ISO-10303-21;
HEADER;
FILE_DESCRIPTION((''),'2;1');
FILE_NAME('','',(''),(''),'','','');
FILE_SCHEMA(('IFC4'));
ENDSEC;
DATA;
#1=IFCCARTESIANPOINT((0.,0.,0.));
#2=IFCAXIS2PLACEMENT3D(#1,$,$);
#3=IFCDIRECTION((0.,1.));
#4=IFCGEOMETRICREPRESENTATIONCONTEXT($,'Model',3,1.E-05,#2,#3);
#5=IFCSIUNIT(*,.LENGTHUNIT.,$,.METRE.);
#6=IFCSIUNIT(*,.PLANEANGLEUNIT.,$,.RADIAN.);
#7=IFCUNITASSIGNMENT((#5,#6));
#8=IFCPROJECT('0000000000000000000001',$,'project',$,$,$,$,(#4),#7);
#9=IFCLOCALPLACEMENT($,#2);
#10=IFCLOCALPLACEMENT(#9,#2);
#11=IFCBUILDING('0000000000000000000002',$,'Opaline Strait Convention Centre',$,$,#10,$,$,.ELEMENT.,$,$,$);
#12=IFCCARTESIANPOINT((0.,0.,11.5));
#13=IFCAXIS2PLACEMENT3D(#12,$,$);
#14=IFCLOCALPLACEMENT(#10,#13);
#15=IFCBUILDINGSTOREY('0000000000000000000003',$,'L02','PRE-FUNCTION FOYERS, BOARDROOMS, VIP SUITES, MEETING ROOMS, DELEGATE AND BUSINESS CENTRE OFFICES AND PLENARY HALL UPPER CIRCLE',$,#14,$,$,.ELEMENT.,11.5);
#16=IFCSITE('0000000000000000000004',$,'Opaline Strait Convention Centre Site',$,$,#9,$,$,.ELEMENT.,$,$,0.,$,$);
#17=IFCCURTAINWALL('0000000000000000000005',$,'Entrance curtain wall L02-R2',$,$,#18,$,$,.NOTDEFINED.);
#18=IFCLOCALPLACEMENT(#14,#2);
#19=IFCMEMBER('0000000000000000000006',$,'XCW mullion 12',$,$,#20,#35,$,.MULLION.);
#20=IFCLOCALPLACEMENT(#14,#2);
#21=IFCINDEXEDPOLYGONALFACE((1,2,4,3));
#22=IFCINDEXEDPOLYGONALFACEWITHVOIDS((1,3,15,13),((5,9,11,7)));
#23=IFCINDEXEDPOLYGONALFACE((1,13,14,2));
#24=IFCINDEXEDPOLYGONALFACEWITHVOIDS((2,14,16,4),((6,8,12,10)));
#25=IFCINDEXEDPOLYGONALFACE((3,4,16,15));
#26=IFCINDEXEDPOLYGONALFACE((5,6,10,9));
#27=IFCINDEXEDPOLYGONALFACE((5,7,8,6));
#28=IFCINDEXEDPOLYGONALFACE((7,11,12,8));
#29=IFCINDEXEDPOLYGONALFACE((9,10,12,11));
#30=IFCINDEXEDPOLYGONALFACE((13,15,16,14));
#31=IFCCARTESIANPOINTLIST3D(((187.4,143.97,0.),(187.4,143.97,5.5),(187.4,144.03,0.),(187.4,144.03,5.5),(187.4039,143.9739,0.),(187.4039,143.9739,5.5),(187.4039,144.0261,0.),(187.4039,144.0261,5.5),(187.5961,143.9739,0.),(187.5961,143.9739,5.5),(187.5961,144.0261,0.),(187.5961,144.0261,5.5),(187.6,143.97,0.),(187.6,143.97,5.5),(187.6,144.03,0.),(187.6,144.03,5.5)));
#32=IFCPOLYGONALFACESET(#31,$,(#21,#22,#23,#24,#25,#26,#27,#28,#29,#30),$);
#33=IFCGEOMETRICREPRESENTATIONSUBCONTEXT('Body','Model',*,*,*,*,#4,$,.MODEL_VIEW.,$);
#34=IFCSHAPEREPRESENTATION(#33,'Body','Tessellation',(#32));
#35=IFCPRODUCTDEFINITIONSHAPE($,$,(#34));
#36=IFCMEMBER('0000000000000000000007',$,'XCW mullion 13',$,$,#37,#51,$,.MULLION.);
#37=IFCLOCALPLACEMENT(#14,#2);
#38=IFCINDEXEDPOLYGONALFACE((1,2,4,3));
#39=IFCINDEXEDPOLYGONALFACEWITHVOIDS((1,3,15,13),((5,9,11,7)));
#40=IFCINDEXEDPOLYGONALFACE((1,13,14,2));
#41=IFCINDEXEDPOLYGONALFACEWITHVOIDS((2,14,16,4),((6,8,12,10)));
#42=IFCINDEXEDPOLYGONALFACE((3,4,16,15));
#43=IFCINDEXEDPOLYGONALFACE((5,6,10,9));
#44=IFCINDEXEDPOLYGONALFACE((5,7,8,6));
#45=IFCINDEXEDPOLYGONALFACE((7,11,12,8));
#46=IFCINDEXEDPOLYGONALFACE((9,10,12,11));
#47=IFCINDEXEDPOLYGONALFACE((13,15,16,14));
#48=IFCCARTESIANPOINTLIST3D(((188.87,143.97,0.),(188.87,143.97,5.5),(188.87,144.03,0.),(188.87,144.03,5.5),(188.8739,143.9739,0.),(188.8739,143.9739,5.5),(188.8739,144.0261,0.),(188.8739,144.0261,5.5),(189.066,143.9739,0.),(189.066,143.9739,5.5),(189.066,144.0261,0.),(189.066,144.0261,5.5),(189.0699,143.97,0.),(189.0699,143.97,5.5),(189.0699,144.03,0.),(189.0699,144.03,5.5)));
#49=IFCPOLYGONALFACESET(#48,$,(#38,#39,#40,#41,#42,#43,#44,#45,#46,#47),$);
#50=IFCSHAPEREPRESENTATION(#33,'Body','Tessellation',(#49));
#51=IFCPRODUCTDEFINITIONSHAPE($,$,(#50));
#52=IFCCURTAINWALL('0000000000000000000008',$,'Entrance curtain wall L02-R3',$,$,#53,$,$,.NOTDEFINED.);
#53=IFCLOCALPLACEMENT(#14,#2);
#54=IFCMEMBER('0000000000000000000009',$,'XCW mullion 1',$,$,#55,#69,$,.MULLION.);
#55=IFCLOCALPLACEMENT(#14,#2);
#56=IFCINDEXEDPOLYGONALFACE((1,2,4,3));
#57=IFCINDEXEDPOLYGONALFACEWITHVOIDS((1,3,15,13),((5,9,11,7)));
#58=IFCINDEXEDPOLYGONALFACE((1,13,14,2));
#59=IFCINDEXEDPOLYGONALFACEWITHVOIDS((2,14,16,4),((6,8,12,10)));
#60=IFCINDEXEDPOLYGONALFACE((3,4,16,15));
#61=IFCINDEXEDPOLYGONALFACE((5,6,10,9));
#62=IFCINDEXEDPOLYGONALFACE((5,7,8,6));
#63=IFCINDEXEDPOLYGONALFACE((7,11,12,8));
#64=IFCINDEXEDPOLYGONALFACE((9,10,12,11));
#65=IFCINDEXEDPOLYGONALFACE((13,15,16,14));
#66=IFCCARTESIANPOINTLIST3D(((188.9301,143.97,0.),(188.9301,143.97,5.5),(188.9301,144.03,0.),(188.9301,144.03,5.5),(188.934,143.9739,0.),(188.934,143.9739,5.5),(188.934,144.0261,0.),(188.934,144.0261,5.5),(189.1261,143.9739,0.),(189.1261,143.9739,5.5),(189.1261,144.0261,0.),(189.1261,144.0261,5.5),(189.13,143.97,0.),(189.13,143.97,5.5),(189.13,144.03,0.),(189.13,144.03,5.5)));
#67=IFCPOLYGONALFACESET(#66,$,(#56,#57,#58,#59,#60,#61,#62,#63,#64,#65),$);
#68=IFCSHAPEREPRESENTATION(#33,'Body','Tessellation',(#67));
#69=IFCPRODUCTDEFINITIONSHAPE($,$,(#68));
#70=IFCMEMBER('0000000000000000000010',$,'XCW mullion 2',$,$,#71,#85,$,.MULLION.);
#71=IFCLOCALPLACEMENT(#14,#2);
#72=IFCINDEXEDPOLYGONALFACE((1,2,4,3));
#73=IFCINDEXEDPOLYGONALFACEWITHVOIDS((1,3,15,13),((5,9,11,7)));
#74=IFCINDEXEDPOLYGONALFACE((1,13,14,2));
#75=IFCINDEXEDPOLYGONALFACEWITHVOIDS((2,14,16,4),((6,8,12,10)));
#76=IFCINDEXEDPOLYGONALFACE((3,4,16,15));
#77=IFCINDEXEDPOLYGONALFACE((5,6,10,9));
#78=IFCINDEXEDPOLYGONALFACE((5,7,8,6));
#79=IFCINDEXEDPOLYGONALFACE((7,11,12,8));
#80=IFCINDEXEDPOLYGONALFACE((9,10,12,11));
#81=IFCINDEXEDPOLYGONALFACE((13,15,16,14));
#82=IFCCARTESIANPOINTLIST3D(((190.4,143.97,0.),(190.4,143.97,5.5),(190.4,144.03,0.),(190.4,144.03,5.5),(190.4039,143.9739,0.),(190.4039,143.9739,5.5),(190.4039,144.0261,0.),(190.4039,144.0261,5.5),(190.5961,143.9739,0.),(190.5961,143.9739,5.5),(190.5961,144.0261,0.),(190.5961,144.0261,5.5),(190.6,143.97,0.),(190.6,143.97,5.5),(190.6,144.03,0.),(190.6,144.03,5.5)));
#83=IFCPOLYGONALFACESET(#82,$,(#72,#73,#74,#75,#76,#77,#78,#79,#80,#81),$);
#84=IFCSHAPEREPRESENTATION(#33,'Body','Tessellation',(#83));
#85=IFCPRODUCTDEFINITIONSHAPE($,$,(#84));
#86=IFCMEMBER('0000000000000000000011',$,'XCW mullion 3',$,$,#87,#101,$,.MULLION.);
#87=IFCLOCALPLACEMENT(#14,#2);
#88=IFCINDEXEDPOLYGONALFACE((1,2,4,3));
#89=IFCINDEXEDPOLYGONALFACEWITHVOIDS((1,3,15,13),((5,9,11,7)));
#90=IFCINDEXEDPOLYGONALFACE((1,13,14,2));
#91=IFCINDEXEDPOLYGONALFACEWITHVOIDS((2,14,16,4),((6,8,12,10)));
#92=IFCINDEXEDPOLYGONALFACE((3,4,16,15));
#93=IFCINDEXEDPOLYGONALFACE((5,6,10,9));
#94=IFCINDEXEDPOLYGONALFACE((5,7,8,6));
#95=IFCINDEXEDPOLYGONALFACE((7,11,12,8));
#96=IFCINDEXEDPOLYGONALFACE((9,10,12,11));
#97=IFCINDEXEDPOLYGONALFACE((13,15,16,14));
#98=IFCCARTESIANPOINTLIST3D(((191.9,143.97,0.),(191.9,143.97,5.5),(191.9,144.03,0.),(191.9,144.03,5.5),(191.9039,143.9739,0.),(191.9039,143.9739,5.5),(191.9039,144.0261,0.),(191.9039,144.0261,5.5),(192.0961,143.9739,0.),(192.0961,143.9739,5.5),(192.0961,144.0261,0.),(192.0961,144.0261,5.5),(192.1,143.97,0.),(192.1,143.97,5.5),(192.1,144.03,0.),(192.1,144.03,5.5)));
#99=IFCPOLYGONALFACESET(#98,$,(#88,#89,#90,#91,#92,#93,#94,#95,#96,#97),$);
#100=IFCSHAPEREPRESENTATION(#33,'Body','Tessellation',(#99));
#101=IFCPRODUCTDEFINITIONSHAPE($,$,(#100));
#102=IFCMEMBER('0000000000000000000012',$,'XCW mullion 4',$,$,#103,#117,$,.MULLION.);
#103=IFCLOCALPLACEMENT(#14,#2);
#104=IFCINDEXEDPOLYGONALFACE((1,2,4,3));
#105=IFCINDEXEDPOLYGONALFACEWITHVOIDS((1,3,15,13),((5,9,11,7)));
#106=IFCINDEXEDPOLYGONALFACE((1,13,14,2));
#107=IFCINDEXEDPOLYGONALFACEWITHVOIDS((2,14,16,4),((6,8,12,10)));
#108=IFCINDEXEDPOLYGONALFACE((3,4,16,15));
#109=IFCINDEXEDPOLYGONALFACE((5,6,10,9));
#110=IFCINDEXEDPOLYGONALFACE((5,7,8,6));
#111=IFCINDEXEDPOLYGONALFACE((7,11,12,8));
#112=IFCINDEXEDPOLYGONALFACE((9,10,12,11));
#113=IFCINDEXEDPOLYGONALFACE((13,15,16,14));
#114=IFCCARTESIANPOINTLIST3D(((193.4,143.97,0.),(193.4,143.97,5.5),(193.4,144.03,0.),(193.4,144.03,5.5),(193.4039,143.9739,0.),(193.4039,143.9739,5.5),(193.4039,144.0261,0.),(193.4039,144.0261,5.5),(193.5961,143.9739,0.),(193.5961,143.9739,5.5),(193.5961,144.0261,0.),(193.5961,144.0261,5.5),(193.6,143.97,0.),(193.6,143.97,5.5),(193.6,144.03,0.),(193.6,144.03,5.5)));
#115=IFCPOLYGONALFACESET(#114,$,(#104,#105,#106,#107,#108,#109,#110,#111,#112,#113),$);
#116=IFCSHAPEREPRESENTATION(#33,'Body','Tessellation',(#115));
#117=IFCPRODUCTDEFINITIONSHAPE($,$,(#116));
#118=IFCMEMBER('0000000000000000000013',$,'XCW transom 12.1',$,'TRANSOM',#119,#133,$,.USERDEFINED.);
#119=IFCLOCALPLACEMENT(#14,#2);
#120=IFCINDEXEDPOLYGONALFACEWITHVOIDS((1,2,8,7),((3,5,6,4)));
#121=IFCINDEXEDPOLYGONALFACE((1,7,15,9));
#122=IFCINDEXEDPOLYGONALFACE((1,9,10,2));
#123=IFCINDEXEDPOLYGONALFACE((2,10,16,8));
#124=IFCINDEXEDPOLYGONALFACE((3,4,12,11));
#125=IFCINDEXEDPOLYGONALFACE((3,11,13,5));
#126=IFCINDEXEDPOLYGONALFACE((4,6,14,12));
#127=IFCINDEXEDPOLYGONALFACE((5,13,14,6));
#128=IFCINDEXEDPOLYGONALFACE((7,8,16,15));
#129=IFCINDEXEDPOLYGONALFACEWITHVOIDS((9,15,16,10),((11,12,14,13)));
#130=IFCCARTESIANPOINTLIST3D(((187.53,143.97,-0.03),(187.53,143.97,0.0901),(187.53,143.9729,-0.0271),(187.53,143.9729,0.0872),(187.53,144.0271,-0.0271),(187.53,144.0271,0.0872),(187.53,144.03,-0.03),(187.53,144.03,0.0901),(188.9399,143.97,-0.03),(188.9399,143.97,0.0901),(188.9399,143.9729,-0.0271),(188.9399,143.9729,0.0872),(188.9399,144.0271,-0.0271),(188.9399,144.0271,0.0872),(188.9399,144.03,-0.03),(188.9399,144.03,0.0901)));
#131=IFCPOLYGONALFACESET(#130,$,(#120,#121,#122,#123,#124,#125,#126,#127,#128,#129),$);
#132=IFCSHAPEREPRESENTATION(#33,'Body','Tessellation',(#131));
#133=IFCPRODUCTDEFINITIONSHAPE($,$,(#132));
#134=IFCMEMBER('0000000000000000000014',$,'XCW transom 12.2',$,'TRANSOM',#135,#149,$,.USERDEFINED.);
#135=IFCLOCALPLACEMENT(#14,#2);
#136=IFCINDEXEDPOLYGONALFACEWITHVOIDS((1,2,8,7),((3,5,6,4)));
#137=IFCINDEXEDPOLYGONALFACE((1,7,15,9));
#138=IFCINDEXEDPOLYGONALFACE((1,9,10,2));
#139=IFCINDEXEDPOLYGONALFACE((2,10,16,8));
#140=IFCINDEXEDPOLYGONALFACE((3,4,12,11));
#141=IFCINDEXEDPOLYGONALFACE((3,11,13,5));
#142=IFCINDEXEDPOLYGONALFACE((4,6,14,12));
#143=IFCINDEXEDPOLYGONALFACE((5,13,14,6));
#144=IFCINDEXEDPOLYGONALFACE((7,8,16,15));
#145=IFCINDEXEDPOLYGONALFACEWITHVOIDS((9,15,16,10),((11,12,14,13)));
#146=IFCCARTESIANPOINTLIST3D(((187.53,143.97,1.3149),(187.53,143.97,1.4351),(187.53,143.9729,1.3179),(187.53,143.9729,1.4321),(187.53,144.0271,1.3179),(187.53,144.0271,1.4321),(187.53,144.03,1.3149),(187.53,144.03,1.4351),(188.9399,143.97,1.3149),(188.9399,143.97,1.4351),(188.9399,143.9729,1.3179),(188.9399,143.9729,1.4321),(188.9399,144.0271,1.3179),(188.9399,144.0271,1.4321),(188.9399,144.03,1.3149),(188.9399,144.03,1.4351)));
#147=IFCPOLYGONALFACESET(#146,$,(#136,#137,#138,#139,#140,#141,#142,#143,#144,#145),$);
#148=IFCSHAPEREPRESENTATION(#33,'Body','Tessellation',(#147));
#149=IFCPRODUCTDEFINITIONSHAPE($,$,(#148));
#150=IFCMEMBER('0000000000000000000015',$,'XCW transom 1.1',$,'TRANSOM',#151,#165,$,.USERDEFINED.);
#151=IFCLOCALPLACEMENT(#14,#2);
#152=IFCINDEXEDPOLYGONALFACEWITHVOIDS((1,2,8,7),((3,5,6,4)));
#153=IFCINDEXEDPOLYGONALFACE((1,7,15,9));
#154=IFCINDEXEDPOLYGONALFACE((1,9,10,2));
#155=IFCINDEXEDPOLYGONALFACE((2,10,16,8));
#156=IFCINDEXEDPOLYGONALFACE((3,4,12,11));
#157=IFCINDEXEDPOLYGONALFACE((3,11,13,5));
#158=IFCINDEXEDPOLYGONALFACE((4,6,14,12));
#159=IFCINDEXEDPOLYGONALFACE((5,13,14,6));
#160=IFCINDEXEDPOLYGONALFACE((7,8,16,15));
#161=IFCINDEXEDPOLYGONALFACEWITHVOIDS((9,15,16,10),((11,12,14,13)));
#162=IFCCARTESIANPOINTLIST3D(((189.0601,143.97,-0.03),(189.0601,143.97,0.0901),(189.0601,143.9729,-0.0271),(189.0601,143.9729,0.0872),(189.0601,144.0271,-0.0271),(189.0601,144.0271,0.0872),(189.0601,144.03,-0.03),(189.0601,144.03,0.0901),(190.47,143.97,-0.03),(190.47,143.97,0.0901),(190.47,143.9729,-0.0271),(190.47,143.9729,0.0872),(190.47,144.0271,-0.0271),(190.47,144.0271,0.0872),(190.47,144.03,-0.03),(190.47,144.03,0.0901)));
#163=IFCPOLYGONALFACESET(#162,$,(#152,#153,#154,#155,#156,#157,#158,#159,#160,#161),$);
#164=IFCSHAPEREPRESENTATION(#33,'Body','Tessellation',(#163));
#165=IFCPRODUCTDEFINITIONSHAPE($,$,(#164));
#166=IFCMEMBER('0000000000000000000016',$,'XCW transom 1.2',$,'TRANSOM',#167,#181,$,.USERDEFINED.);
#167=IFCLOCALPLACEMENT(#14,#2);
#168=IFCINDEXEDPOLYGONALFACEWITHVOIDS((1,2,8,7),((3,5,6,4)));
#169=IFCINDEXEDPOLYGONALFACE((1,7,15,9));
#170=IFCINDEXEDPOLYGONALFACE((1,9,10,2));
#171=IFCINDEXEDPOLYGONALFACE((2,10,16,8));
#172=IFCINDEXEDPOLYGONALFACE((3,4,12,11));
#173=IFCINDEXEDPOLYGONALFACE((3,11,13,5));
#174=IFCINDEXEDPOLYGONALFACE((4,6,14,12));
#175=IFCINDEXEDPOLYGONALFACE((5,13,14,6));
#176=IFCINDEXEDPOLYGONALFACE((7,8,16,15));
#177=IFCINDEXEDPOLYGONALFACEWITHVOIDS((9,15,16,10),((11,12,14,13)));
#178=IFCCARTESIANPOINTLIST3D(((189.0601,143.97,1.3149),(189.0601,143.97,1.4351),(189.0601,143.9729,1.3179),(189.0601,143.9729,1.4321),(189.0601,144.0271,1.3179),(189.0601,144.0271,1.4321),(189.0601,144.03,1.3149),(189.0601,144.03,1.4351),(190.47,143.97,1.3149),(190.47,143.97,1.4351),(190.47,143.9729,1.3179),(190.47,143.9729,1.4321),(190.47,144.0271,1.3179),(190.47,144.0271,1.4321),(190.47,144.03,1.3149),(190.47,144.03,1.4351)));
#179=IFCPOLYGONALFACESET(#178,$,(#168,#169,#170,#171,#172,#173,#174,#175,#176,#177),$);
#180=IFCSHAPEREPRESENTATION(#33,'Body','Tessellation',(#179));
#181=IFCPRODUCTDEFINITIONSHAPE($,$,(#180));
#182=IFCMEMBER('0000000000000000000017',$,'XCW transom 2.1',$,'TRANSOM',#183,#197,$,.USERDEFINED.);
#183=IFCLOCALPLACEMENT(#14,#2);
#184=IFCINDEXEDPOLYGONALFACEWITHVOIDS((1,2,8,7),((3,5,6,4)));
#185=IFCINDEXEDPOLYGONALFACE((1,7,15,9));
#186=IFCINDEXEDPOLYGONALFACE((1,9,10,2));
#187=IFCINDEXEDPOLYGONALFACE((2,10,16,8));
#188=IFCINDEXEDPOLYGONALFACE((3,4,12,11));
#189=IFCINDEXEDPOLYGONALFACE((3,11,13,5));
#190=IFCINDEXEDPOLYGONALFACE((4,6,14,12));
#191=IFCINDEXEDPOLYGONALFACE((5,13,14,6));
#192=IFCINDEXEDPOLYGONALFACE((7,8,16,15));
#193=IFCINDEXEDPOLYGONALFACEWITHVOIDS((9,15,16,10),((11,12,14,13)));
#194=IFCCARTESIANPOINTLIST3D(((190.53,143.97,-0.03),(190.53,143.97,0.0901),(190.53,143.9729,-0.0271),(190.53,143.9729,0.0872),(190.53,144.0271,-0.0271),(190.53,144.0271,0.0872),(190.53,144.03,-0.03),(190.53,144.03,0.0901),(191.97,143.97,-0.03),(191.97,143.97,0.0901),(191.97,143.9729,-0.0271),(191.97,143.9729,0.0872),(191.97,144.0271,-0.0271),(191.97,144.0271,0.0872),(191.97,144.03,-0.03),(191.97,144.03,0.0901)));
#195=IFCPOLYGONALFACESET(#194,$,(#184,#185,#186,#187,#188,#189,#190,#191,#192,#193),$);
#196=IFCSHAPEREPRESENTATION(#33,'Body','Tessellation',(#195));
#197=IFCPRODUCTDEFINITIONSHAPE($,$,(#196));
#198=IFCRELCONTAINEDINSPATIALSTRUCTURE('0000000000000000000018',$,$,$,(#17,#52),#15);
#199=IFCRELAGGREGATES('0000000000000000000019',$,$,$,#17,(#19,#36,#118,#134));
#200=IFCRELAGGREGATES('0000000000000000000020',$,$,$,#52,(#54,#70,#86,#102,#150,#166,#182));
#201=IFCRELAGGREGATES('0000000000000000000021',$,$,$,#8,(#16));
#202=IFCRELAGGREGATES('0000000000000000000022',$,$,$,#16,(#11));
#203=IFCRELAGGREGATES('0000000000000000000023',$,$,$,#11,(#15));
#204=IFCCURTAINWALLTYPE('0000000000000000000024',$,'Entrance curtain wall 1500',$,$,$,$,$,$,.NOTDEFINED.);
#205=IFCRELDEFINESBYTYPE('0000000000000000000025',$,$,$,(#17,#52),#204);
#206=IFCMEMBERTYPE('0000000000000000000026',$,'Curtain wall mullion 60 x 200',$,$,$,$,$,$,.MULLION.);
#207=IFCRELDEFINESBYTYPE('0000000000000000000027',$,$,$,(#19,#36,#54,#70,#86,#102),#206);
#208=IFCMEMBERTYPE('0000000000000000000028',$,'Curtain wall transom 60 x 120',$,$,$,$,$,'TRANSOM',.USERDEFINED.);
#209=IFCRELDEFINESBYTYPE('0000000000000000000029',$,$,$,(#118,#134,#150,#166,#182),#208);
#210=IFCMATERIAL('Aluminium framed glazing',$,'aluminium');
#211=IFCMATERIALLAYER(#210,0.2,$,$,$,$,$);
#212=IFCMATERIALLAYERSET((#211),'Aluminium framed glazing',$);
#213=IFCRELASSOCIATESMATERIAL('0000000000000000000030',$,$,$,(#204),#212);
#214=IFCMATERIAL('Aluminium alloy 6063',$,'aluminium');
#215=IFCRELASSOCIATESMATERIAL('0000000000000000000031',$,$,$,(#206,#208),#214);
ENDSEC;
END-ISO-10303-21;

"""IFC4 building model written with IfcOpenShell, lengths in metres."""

from ifc_helpers import new_model, si_unit, direction, frame, origin, origin_2d, place, context, subcontext, project, spatial, hollow_rectangle, extrude, material, layer, layer_set, material_profile, profile_set, type_object, element, aggregate, save


model = new_model("IFC4")

# Units and contexts
model_context = context("Model", 3, precision=1e-05, world=origin(), true_north=direction((0.0, 1.0)))
body_context = subcontext(model_context, "Body", "Model", "MODEL_VIEW")
ifc_project = project(units=[si_unit("LENGTHUNIT", "METRE"), si_unit("PLANEANGLEUNIT", "RADIAN")], contexts=[model_context])

# Site, building, storey
site_placement = place(None, origin())
site = spatial("IfcSite", under=ifc_project, at=site_placement, Name="Opaline Strait Convention Centre Site", CompositionType="ELEMENT", RefElevation=0.0)
building_placement = place(site_placement, origin())
building = spatial("IfcBuilding", under=site, at=building_placement, Name="Opaline Strait Convention Centre", CompositionType="ELEMENT")
storey_placement = place(building_placement, frame((0.0, 0.0, 11.5)))
storey = spatial("IfcBuildingStorey", under=building, at=storey_placement, Name="L02", Description="PRE-FUNCTION FOYERS, BOARDROOMS, VIP SUITES, MEETING ROOMS, DELEGATE AND BUSINESS CENTRE OFFICES AND PLENARY HALL UPPER CIRCLE", CompositionType="ELEMENT", Elevation=11.5)

# Curtain walls, members
ifc_material_1 = material(Name="Aluminium framed glazing", Category="aluminium")
ifc_layer_1 = layer(ifc_material_1, 0.2)
ifc_layer_set_1 = layer_set([ifc_layer_1], Name="Aluminium framed glazing")
curtain_wall_type = type_object("IfcCurtainWallType", Name="Entrance curtain wall 1500", PredefinedType="NOTDEFINED", material=ifc_layer_set_1)
curtain_wall_1_placement = place(storey_placement, origin())
curtain_wall_1 = element("IfcCurtainWall", 1, at=curtain_wall_1_placement, inside=storey, type_object=curtain_wall_type, Name="Entrance curtain wall L02-R2", PredefinedType="NOTDEFINED")
ifc_material_2 = material(Name="Aluminium alloy 6063", Category="aluminium")
ifc_material_profile_1 = material_profile(ifc_material_2, hollow_rectangle(XDim=0.0601, YDim=0.2, WallThickness=0.0039, at=origin_2d()), Name="MULLION 60x200x4")
ifc_profile_set_1 = profile_set([ifc_material_profile_1], Name="Aluminium alloy 6063")
member_type_1 = type_object("IfcMemberType", Name="Curtain wall mullion 60 x 200", PredefinedType="MULLION", material=ifc_profile_set_1)
member_1_placement = place(storey_placement, frame((187.5, 144.0, 0.0), z_axis=(0.0, 0.0, 1.0), x_axis=(0.0, 1.0, 0.0)))
member_1 = element("IfcMember", 2, at=member_1_placement, type_object=member_type_1, Name="XCW mullion 12", PredefinedType="MULLION", context=body_context, shape_type="SweptSolid", body=[
    extrude(hollow_rectangle(XDim=0.0601, YDim=0.2, WallThickness=0.0039, at=origin_2d()), origin(), (0.0, 0.0, 1.0), 5.5),
])
member_2_placement = place(storey_placement, frame((188.97, 144.0, 0.0), z_axis=(0.0, 0.0, 1.0), x_axis=(0.0, 1.0, 0.0)))
member_2 = element("IfcMember", 3, at=member_2_placement, type_object=member_type_1, Name="XCW mullion 13", PredefinedType="MULLION", context=body_context, shape_type="SweptSolid", body=[
    extrude(hollow_rectangle(XDim=0.0601, YDim=0.2, WallThickness=0.0039, at=origin_2d()), origin(), (0.0, 0.0, 1.0), 5.5),
])
curtain_wall_2_placement = place(storey_placement, origin())
curtain_wall_2 = element("IfcCurtainWall", 4, at=curtain_wall_2_placement, inside=storey, type_object=curtain_wall_type, Name="Entrance curtain wall L02-R3", PredefinedType="NOTDEFINED")
member_3_placement = place(storey_placement, frame((189.03, 144.0, 0.0), z_axis=(0.0, 0.0, 1.0), x_axis=(0.0, 1.0, 0.0)))
member_3 = element("IfcMember", 5, at=member_3_placement, type_object=member_type_1, Name="XCW mullion 1", PredefinedType="MULLION", context=body_context, shape_type="SweptSolid", body=[
    extrude(hollow_rectangle(XDim=0.0601, YDim=0.2, WallThickness=0.0039, at=origin_2d()), origin(), (0.0, 0.0, 1.0), 5.5),
])
member_4_placement = place(storey_placement, frame((190.5, 144.0, 0.0), z_axis=(0.0, 0.0, 1.0), x_axis=(0.0, 1.0, 0.0)))
member_4 = element("IfcMember", 6, at=member_4_placement, type_object=member_type_1, Name="XCW mullion 2", PredefinedType="MULLION", context=body_context, shape_type="SweptSolid", body=[
    extrude(hollow_rectangle(XDim=0.0601, YDim=0.2, WallThickness=0.0039, at=origin_2d()), origin(), (0.0, 0.0, 1.0), 5.5),
])
member_5_placement = place(storey_placement, frame((192.0, 144.0, 0.0), z_axis=(0.0, 0.0, 1.0), x_axis=(0.0, 1.0, 0.0)))
member_5 = element("IfcMember", 7, at=member_5_placement, type_object=member_type_1, Name="XCW mullion 3", PredefinedType="MULLION", context=body_context, shape_type="SweptSolid", body=[
    extrude(hollow_rectangle(XDim=0.0601, YDim=0.2, WallThickness=0.0039, at=origin_2d()), origin(), (0.0, 0.0, 1.0), 5.5),
])
member_6_placement = place(storey_placement, frame((193.5, 144.0, 0.0), z_axis=(0.0, 0.0, 1.0), x_axis=(0.0, 1.0, 0.0)))
member_6 = element("IfcMember", 8, at=member_6_placement, type_object=member_type_1, Name="XCW mullion 4", PredefinedType="MULLION", context=body_context, shape_type="SweptSolid", body=[
    extrude(hollow_rectangle(XDim=0.0601, YDim=0.2, WallThickness=0.0039, at=origin_2d()), origin(), (0.0, 0.0, 1.0), 5.5),
])

# Members
ifc_material_profile_2 = material_profile(ifc_material_2, hollow_rectangle(XDim=0.0601, YDim=0.1201, WallThickness=0.0029, at=origin_2d()), Name="TRANSOM 60x120x3")
ifc_profile_set_2 = profile_set([ifc_material_profile_2], Name="Aluminium alloy 6063")
member_type_2 = type_object("IfcMemberType", Name="Curtain wall transom 60 x 120", ElementType="TRANSOM", PredefinedType="USERDEFINED", material=ifc_profile_set_2)
member_7_placement = place(storey_placement, frame((187.53, 144.0, 0.03), z_axis=(1.0, 0.0, 0.0), x_axis=(0.0, 1.0, 0.0)))
member_7 = element("IfcMember", 9, at=member_7_placement, type_object=member_type_2, Name="XCW transom 12.1", ObjectType="TRANSOM", PredefinedType="USERDEFINED", context=body_context, shape_type="SweptSolid", body=[
    extrude(hollow_rectangle(XDim=0.0601, YDim=0.1201, WallThickness=0.0029, at=origin_2d()), origin(), (0.0, 0.0, 1.0), 1.4099),
])
member_8_placement = place(storey_placement, frame((187.53, 144.0, 1.375), z_axis=(1.0, 0.0, 0.0), x_axis=(0.0, 1.0, 0.0)))
member_8 = element("IfcMember", 10, at=member_8_placement, type_object=member_type_2, Name="XCW transom 12.2", ObjectType="TRANSOM", PredefinedType="USERDEFINED", context=body_context, shape_type="SweptSolid", body=[
    extrude(hollow_rectangle(XDim=0.0601, YDim=0.1201, WallThickness=0.0029, at=origin_2d()), origin(), (0.0, 0.0, 1.0), 1.4099),
])
member_9_placement = place(storey_placement, frame((189.0601, 144.0, 0.03), z_axis=(1.0, 0.0, 0.0), x_axis=(0.0, 1.0, 0.0)))
member_9 = element("IfcMember", 11, at=member_9_placement, type_object=member_type_2, Name="XCW transom 1.1", ObjectType="TRANSOM", PredefinedType="USERDEFINED", context=body_context, shape_type="SweptSolid", body=[
    extrude(hollow_rectangle(XDim=0.0601, YDim=0.1201, WallThickness=0.0029, at=origin_2d()), origin(), (0.0, 0.0, 1.0), 1.4099),
])
member_10_placement = place(storey_placement, frame((189.0601, 144.0, 1.375), z_axis=(1.0, 0.0, 0.0), x_axis=(0.0, 1.0, 0.0)))
member_10 = element("IfcMember", 12, at=member_10_placement, type_object=member_type_2, Name="XCW transom 1.2", ObjectType="TRANSOM", PredefinedType="USERDEFINED", context=body_context, shape_type="SweptSolid", body=[
    extrude(hollow_rectangle(XDim=0.0601, YDim=0.1201, WallThickness=0.0029, at=origin_2d()), origin(), (0.0, 0.0, 1.0), 1.4099),
])
member_11_placement = place(storey_placement, frame((190.53, 144.0, 0.03), z_axis=(1.0, 0.0, 0.0), x_axis=(0.0, 1.0, 0.0)))
member_11 = element("IfcMember", 13, at=member_11_placement, type_object=member_type_2, Name="XCW transom 2.1", ObjectType="TRANSOM", PredefinedType="USERDEFINED", context=body_context, shape_type="SweptSolid", body=[
    extrude(hollow_rectangle(XDim=0.0601, YDim=0.1201, WallThickness=0.0029, at=origin_2d()), origin(), (0.0, 0.0, 1.0), 1.4399),
])

aggregate(curtain_wall_1, [member_1, member_2, member_7, member_8])
aggregate(curtain_wall_2, [member_3, member_4, member_5, member_6, member_9, member_10, member_11])

save(model, "model.ifc")
